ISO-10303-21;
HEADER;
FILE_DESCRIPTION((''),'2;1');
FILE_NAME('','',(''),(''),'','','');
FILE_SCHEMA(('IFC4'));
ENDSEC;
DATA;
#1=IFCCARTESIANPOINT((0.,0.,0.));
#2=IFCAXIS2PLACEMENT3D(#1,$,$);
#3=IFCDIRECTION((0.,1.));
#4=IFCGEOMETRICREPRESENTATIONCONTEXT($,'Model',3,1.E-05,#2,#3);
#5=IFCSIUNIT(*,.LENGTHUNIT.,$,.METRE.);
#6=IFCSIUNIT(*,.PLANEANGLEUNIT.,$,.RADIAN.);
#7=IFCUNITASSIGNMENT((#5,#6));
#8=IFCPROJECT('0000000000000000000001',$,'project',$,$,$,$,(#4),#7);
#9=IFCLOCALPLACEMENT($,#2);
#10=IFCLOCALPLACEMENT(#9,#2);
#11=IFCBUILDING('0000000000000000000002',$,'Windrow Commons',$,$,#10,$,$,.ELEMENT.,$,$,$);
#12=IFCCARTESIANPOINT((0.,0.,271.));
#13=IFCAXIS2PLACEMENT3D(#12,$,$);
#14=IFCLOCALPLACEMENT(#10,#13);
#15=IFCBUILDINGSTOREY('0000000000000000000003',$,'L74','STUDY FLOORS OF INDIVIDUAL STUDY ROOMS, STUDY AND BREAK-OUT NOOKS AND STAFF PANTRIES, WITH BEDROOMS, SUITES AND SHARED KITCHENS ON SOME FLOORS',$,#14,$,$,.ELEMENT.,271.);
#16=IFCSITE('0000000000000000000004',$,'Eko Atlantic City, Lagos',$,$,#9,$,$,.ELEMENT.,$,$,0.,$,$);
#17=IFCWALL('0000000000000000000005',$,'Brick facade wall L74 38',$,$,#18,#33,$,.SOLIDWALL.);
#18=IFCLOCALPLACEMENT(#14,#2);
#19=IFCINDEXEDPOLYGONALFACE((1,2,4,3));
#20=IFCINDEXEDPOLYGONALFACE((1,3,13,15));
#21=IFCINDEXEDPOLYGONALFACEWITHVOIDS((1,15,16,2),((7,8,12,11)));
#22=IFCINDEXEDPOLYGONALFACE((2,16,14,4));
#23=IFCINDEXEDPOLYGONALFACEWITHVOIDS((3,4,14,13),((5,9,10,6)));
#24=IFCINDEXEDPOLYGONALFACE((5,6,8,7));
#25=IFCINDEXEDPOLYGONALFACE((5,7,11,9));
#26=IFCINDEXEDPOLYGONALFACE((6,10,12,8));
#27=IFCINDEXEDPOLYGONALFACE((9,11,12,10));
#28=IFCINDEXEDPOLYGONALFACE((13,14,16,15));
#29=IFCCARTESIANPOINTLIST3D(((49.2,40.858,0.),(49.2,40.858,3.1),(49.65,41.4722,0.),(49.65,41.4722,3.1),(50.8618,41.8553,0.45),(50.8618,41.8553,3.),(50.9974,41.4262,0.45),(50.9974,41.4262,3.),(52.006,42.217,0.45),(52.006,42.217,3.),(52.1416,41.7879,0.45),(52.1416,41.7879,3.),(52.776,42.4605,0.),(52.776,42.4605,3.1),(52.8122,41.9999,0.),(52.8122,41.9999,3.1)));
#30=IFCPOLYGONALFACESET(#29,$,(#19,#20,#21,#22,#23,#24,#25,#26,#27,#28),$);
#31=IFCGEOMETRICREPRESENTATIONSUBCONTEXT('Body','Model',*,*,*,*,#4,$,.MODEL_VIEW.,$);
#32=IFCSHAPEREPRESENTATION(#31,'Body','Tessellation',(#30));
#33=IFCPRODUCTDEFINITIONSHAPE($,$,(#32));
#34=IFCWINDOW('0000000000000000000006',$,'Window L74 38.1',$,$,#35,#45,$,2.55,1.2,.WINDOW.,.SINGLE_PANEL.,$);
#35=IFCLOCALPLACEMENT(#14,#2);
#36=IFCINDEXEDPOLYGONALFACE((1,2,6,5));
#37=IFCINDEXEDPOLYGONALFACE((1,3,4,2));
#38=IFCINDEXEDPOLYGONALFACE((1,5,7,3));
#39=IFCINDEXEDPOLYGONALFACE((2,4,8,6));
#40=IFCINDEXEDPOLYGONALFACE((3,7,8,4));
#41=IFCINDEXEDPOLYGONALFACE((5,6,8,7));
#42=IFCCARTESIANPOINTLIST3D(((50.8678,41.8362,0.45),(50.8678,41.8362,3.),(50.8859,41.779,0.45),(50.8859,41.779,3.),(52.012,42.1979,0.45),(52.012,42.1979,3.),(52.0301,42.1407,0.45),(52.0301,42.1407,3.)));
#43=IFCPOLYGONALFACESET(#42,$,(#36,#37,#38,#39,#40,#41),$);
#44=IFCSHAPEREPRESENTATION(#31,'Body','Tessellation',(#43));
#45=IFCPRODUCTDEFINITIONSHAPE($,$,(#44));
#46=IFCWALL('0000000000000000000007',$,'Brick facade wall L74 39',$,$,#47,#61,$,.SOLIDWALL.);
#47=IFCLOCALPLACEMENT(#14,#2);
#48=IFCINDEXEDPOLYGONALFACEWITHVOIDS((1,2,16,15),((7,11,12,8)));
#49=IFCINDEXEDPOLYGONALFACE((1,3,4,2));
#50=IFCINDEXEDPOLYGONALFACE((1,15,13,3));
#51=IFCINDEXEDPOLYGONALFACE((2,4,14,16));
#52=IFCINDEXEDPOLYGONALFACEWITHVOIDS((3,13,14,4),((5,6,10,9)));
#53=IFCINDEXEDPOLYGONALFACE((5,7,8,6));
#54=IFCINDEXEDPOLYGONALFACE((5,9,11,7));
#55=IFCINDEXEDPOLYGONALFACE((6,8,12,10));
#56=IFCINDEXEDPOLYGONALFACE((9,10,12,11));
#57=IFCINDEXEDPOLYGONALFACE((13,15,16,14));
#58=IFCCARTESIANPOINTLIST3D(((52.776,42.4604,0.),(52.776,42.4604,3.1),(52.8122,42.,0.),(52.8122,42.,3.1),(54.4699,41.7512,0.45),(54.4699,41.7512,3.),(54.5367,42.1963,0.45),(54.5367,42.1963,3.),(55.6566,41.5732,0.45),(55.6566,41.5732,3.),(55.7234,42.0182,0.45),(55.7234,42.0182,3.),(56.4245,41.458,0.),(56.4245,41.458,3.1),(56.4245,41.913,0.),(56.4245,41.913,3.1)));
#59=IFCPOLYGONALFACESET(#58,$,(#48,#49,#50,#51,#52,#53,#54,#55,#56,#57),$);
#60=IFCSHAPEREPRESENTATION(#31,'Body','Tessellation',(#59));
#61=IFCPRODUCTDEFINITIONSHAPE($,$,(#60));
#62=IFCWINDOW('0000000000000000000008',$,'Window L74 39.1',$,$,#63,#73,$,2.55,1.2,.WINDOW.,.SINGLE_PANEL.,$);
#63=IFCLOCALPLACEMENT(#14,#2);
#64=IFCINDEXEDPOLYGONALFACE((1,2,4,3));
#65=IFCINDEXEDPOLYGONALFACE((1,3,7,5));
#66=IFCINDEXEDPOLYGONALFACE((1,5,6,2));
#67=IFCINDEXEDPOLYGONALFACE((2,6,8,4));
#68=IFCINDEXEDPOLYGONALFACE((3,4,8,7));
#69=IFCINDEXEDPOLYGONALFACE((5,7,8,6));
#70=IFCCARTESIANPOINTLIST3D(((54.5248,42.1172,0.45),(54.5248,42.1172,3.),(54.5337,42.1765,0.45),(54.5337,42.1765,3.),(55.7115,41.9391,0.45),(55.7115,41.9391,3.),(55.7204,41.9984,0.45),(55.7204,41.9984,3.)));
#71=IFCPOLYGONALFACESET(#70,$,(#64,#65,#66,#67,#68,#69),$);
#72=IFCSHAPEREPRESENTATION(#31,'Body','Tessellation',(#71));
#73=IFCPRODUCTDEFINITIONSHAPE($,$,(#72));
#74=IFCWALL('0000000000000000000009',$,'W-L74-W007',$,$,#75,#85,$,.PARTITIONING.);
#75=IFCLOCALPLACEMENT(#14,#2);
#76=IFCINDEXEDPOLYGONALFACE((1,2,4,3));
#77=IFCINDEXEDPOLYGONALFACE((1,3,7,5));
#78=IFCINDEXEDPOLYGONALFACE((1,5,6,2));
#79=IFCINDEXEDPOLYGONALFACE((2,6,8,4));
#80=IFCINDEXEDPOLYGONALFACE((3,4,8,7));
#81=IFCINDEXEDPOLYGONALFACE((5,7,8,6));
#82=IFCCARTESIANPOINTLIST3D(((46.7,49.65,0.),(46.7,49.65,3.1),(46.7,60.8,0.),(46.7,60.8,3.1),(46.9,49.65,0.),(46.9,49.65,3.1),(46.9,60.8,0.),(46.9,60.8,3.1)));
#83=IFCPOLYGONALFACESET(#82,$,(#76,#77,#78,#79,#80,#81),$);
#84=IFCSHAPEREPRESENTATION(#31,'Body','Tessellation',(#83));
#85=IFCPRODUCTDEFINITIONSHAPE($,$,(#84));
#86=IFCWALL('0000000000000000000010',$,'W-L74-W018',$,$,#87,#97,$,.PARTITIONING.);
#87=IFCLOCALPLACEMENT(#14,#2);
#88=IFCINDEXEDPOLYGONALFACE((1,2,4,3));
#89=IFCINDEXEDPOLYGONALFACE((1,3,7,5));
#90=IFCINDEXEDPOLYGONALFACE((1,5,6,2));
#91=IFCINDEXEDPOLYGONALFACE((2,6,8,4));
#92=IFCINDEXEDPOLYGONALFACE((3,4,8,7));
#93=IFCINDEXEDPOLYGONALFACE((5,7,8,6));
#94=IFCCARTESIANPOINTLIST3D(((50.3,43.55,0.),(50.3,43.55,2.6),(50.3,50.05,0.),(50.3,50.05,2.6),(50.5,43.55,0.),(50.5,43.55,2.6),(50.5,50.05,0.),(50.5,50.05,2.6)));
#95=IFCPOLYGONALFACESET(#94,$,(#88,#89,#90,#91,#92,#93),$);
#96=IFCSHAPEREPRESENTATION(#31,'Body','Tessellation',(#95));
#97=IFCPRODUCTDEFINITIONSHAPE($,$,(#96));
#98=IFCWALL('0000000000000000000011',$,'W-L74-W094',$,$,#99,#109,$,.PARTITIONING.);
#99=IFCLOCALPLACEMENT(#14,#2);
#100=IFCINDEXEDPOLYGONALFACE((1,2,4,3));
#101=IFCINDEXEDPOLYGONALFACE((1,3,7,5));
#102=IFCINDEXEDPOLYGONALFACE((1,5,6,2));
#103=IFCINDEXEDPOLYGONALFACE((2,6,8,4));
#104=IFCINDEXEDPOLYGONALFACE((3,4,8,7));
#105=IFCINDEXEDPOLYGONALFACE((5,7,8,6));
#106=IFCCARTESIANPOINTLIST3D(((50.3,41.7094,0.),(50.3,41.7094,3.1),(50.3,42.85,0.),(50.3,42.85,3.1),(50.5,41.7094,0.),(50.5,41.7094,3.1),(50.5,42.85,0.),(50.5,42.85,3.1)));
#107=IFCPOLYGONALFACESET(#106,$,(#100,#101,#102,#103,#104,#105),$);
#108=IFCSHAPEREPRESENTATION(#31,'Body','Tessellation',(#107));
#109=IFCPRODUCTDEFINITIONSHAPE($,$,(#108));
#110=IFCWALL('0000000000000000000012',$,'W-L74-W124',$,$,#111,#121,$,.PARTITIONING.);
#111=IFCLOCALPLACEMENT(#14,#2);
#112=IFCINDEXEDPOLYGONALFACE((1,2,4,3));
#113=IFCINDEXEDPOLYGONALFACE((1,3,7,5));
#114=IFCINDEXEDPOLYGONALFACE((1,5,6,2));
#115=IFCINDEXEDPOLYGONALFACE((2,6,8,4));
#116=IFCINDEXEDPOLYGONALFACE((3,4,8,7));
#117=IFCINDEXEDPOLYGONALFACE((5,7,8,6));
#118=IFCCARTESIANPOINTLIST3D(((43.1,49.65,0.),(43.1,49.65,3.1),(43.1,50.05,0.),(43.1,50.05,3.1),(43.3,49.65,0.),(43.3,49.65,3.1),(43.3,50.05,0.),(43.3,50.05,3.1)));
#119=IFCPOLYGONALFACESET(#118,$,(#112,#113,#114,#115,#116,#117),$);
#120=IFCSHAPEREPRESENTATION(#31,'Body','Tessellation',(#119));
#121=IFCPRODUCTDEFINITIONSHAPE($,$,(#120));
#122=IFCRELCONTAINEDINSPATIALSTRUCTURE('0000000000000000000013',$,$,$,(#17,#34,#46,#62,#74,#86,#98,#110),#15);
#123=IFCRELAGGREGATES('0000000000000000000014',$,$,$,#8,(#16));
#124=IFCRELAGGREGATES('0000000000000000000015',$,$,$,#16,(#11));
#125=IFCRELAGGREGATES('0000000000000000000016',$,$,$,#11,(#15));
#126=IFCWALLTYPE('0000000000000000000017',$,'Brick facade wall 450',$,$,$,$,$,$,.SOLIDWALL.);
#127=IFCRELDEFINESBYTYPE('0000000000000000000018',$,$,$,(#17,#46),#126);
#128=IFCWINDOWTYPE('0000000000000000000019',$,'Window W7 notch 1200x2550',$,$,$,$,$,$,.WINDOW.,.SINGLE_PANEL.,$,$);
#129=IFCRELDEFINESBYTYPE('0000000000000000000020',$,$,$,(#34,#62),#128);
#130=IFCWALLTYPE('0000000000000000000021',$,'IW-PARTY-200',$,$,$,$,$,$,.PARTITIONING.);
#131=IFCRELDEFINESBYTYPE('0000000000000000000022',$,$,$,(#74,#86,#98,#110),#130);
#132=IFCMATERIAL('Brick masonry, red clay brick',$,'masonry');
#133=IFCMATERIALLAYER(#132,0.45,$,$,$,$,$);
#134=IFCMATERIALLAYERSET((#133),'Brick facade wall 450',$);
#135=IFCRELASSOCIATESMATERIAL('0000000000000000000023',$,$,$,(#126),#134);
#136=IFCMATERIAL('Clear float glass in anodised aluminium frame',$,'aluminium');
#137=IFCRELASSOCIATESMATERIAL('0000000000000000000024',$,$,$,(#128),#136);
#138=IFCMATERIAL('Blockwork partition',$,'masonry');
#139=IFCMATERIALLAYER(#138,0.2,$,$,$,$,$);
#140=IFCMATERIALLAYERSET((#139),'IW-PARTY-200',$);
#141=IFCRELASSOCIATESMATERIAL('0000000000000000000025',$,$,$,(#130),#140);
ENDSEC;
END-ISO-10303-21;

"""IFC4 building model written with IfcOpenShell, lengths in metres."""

from ifc_helpers import new_model, si_unit, direction, frame, frame_2d, origin, place, context, subcontext, project, spatial, polyline, rectangle, outline, extrude, material, layer, layer_set, type_object, element, fill, save


model = new_model("IFC4")

# Units and contexts
model_context = context("Model", 3, precision=1e-05, world=origin(), true_north=direction((0.0, 1.0)))
body_context = subcontext(model_context, "Body", "Model", "MODEL_VIEW")
ifc_project = project(units=[si_unit("LENGTHUNIT", "METRE"), si_unit("PLANEANGLEUNIT", "RADIAN")], contexts=[model_context])

# Site, building, storey
site_placement = place(None, origin())
site = spatial("IfcSite", under=ifc_project, at=site_placement, Name="Eko Atlantic City, Lagos", CompositionType="ELEMENT", RefElevation=0.0)
building_placement = place(site_placement, origin())
building = spatial("IfcBuilding", under=site, at=building_placement, Name="Windrow Commons", CompositionType="ELEMENT")
storey_placement = place(building_placement, frame((0.0, 0.0, 271.0)))
storey = spatial("IfcBuildingStorey", under=building, at=storey_placement, Name="L74", Description="STUDY FLOORS OF INDIVIDUAL STUDY ROOMS, STUDY AND BREAK-OUT NOOKS AND STAFF PANTRIES, WITH BEDROOMS, SUITES AND SHARED KITCHENS ON SOME FLOORS", CompositionType="ELEMENT", Elevation=271.0)

# Shared definitions
ifc_material_1 = material(Name="Brick masonry, red clay brick", Category="masonry")
ifc_layer_1 = layer(ifc_material_1, 0.45)
ifc_layer_set_1 = layer_set([ifc_layer_1], Name="Brick facade wall 450")
wall_type_1 = type_object("IfcWallType", Name="Brick facade wall 450", PredefinedType="SOLIDWALL", material=ifc_layer_set_1)
ifc_material_2 = material(Name="Clear float glass in anodised aluminium frame", Category="aluminium")
window_type_1 = type_object("IfcWindowType", Name="Window W7 notch 1200x2550", PartitioningType="SINGLE_PANEL", PredefinedType="WINDOW", material=ifc_material_2)

# Walls, openings, windows
wall_1_placement = place(storey_placement, frame((49.425, 41.1651, 0.0), z_axis=(0.0, 0.0, 1.0), x_axis=(0.953487, 0.301433, 0.0)))
wall_1 = element("IfcWall", 1, at=wall_1_placement, inside=storey, type_object=wall_type_1, Name="Brick facade wall L74 38", PredefinedType="SOLIDWALL", context=body_context, shape_type="SweptSolid", body=[
    extrude(outline(polyline([(-0.3071, -0.225), (3.4813, -0.225), (3.5856, 0.225), (0.3071, 0.225), (-0.3071, -0.225)])), origin(), (0.0, 0.0, 1.0), 3.1),
])
opening_1_placement = place(wall_1_placement, frame((1.578, 0.0, 0.45)))
opening_1 = element("IfcOpeningElement", 2, at=opening_1_placement, cuts=wall_1, PredefinedType="OPENING", context=body_context, shape_type="SweptSolid", body=[
    extrude(rectangle(XDim=1.2, YDim=2.55, at=frame_2d((0.6, 1.275))), frame((0.0, 0.235, 0.0), z_axis=(0.0, -1.0, 0.0), x_axis=(1.0, 0.0, 0.0)), (0.0, 0.0, 1.0), 0.47),
])
window_1_placement = place(opening_1_placement, origin())
window_1 = element("IfcWindow", 3, at=window_1_placement, inside=storey, type_object=window_type_1, Name="Window L74 38.1", OverallHeight=2.55, OverallWidth=1.2, PartitioningType="SINGLE_PANEL", PredefinedType="WINDOW", context=body_context, shape_type="SweptSolid", body=[
    extrude(rectangle(XDim=1.2, YDim=2.55, at=frame_2d((0.6, 1.275))), frame((0.0, 0.205, 0.0), z_axis=(0.0, -1.0, 0.0), x_axis=(1.0, 0.0, 0.0)), (0.0, 0.0, 1.0), 0.06),
])
fill(opening_1, window_1)
wall_2_placement = place(storey_placement, frame((52.7941, 42.2302, 0.0), z_axis=(0.0, 0.0, 1.0), x_axis=(0.988931, -0.148378, 0.0)))
wall_2 = element("IfcWall", 4, at=wall_2_placement, inside=storey, type_object=wall_type_1, Name="Brick facade wall L74 39", PredefinedType="SOLIDWALL", context=body_context, shape_type="SweptSolid", body=[
    extrude(outline(polyline([(0.0521, -0.225), (3.7048, -0.225), (3.6373, 0.225), (-0.0521, 0.225), (0.0521, -0.225)])), origin(), (0.0, 0.0, 1.0), 3.1),
])
opening_2_placement = place(wall_2_placement, frame((1.7283, 0.0, 0.45)))
opening_2 = element("IfcOpeningElement", 5, at=opening_2_placement, cuts=wall_2, PredefinedType="OPENING", context=body_context, shape_type="SweptSolid", body=[
    extrude(rectangle(XDim=1.2, YDim=2.55, at=frame_2d((0.6, 1.275))), frame((0.0, 0.235, 0.0), z_axis=(0.0, -1.0, 0.0), x_axis=(1.0, 0.0, 0.0)), (0.0, 0.0, 1.0), 0.47),
])
window_2_placement = place(opening_2_placement, origin())
window_2 = element("IfcWindow", 6, at=window_2_placement, inside=storey, type_object=window_type_1, Name="Window L74 39.1", OverallHeight=2.55, OverallWidth=1.2, PartitioningType="SINGLE_PANEL", PredefinedType="WINDOW", context=body_context, shape_type="SweptSolid", body=[
    extrude(rectangle(XDim=1.2, YDim=2.55, at=frame_2d((0.6, 1.275))), frame((0.0, 0.205, 0.0), z_axis=(0.0, -1.0, 0.0), x_axis=(1.0, 0.0, 0.0)), (0.0, 0.0, 1.0), 0.06),
])
fill(opening_2, window_2)

# Walls
ifc_material_3 = material(Name="Blockwork partition", Category="masonry")
ifc_layer_2 = layer(ifc_material_3, 0.2)
ifc_layer_set_2 = layer_set([ifc_layer_2], Name="IW-PARTY-200")
wall_type_2 = type_object("IfcWallType", Name="IW-PARTY-200", PredefinedType="PARTITIONING", material=ifc_layer_set_2)
wall_3_placement = place(storey_placement, frame((46.8, 49.65, 0.0), z_axis=(0.0, 0.0, 1.0), x_axis=(0.0, 1.0, 0.0)))
element("IfcWall", 7, at=wall_3_placement, inside=storey, type_object=wall_type_2, Name="W-L74-W007", PredefinedType="PARTITIONING", context=body_context, shape_type="SweptSolid", body=[
    extrude(rectangle(XDim=11.15, YDim=0.2, at=frame_2d((5.575, 0.0))), origin(), (0.0, 0.0, 1.0), 3.1),
])
wall_4_placement = place(storey_placement, frame((50.4, 43.55, 0.0), z_axis=(0.0, 0.0, 1.0), x_axis=(0.0, 1.0, 0.0)))
element("IfcWall", 8, at=wall_4_placement, inside=storey, type_object=wall_type_2, Name="W-L74-W018", PredefinedType="PARTITIONING", context=body_context, shape_type="SweptSolid", body=[
    extrude(rectangle(XDim=6.5, YDim=0.2, at=frame_2d((3.25, 0.0))), origin(), (0.0, 0.0, 1.0), 2.6),
])
wall_5_placement = place(storey_placement, frame((50.4, 41.7093, 0.0), z_axis=(0.0, 0.0, 1.0), x_axis=(0.0, 1.0, 0.0)))
element("IfcWall", 9, at=wall_5_placement, inside=storey, type_object=wall_type_2, Name="W-L74-W094", PredefinedType="PARTITIONING", context=body_context, shape_type="SweptSolid", body=[
    extrude(rectangle(XDim=1.1407, YDim=0.2, at=frame_2d((0.5704, 0.0))), origin(), (0.0, 0.0, 1.0), 3.1),
])
wall_6_placement = place(storey_placement, frame((43.2, 49.65, 0.0), z_axis=(0.0, 0.0, 1.0), x_axis=(0.0, 1.0, 0.0)))
element("IfcWall", 10, at=wall_6_placement, inside=storey, type_object=wall_type_2, Name="W-L74-W124", PredefinedType="PARTITIONING", context=body_context, shape_type="SweptSolid", body=[
    extrude(rectangle(XDim=0.4, YDim=0.2, at=frame_2d((0.2, 0.0))), origin(), (0.0, 0.0, 1.0), 3.1),
])

save(model, "model.ifc")
